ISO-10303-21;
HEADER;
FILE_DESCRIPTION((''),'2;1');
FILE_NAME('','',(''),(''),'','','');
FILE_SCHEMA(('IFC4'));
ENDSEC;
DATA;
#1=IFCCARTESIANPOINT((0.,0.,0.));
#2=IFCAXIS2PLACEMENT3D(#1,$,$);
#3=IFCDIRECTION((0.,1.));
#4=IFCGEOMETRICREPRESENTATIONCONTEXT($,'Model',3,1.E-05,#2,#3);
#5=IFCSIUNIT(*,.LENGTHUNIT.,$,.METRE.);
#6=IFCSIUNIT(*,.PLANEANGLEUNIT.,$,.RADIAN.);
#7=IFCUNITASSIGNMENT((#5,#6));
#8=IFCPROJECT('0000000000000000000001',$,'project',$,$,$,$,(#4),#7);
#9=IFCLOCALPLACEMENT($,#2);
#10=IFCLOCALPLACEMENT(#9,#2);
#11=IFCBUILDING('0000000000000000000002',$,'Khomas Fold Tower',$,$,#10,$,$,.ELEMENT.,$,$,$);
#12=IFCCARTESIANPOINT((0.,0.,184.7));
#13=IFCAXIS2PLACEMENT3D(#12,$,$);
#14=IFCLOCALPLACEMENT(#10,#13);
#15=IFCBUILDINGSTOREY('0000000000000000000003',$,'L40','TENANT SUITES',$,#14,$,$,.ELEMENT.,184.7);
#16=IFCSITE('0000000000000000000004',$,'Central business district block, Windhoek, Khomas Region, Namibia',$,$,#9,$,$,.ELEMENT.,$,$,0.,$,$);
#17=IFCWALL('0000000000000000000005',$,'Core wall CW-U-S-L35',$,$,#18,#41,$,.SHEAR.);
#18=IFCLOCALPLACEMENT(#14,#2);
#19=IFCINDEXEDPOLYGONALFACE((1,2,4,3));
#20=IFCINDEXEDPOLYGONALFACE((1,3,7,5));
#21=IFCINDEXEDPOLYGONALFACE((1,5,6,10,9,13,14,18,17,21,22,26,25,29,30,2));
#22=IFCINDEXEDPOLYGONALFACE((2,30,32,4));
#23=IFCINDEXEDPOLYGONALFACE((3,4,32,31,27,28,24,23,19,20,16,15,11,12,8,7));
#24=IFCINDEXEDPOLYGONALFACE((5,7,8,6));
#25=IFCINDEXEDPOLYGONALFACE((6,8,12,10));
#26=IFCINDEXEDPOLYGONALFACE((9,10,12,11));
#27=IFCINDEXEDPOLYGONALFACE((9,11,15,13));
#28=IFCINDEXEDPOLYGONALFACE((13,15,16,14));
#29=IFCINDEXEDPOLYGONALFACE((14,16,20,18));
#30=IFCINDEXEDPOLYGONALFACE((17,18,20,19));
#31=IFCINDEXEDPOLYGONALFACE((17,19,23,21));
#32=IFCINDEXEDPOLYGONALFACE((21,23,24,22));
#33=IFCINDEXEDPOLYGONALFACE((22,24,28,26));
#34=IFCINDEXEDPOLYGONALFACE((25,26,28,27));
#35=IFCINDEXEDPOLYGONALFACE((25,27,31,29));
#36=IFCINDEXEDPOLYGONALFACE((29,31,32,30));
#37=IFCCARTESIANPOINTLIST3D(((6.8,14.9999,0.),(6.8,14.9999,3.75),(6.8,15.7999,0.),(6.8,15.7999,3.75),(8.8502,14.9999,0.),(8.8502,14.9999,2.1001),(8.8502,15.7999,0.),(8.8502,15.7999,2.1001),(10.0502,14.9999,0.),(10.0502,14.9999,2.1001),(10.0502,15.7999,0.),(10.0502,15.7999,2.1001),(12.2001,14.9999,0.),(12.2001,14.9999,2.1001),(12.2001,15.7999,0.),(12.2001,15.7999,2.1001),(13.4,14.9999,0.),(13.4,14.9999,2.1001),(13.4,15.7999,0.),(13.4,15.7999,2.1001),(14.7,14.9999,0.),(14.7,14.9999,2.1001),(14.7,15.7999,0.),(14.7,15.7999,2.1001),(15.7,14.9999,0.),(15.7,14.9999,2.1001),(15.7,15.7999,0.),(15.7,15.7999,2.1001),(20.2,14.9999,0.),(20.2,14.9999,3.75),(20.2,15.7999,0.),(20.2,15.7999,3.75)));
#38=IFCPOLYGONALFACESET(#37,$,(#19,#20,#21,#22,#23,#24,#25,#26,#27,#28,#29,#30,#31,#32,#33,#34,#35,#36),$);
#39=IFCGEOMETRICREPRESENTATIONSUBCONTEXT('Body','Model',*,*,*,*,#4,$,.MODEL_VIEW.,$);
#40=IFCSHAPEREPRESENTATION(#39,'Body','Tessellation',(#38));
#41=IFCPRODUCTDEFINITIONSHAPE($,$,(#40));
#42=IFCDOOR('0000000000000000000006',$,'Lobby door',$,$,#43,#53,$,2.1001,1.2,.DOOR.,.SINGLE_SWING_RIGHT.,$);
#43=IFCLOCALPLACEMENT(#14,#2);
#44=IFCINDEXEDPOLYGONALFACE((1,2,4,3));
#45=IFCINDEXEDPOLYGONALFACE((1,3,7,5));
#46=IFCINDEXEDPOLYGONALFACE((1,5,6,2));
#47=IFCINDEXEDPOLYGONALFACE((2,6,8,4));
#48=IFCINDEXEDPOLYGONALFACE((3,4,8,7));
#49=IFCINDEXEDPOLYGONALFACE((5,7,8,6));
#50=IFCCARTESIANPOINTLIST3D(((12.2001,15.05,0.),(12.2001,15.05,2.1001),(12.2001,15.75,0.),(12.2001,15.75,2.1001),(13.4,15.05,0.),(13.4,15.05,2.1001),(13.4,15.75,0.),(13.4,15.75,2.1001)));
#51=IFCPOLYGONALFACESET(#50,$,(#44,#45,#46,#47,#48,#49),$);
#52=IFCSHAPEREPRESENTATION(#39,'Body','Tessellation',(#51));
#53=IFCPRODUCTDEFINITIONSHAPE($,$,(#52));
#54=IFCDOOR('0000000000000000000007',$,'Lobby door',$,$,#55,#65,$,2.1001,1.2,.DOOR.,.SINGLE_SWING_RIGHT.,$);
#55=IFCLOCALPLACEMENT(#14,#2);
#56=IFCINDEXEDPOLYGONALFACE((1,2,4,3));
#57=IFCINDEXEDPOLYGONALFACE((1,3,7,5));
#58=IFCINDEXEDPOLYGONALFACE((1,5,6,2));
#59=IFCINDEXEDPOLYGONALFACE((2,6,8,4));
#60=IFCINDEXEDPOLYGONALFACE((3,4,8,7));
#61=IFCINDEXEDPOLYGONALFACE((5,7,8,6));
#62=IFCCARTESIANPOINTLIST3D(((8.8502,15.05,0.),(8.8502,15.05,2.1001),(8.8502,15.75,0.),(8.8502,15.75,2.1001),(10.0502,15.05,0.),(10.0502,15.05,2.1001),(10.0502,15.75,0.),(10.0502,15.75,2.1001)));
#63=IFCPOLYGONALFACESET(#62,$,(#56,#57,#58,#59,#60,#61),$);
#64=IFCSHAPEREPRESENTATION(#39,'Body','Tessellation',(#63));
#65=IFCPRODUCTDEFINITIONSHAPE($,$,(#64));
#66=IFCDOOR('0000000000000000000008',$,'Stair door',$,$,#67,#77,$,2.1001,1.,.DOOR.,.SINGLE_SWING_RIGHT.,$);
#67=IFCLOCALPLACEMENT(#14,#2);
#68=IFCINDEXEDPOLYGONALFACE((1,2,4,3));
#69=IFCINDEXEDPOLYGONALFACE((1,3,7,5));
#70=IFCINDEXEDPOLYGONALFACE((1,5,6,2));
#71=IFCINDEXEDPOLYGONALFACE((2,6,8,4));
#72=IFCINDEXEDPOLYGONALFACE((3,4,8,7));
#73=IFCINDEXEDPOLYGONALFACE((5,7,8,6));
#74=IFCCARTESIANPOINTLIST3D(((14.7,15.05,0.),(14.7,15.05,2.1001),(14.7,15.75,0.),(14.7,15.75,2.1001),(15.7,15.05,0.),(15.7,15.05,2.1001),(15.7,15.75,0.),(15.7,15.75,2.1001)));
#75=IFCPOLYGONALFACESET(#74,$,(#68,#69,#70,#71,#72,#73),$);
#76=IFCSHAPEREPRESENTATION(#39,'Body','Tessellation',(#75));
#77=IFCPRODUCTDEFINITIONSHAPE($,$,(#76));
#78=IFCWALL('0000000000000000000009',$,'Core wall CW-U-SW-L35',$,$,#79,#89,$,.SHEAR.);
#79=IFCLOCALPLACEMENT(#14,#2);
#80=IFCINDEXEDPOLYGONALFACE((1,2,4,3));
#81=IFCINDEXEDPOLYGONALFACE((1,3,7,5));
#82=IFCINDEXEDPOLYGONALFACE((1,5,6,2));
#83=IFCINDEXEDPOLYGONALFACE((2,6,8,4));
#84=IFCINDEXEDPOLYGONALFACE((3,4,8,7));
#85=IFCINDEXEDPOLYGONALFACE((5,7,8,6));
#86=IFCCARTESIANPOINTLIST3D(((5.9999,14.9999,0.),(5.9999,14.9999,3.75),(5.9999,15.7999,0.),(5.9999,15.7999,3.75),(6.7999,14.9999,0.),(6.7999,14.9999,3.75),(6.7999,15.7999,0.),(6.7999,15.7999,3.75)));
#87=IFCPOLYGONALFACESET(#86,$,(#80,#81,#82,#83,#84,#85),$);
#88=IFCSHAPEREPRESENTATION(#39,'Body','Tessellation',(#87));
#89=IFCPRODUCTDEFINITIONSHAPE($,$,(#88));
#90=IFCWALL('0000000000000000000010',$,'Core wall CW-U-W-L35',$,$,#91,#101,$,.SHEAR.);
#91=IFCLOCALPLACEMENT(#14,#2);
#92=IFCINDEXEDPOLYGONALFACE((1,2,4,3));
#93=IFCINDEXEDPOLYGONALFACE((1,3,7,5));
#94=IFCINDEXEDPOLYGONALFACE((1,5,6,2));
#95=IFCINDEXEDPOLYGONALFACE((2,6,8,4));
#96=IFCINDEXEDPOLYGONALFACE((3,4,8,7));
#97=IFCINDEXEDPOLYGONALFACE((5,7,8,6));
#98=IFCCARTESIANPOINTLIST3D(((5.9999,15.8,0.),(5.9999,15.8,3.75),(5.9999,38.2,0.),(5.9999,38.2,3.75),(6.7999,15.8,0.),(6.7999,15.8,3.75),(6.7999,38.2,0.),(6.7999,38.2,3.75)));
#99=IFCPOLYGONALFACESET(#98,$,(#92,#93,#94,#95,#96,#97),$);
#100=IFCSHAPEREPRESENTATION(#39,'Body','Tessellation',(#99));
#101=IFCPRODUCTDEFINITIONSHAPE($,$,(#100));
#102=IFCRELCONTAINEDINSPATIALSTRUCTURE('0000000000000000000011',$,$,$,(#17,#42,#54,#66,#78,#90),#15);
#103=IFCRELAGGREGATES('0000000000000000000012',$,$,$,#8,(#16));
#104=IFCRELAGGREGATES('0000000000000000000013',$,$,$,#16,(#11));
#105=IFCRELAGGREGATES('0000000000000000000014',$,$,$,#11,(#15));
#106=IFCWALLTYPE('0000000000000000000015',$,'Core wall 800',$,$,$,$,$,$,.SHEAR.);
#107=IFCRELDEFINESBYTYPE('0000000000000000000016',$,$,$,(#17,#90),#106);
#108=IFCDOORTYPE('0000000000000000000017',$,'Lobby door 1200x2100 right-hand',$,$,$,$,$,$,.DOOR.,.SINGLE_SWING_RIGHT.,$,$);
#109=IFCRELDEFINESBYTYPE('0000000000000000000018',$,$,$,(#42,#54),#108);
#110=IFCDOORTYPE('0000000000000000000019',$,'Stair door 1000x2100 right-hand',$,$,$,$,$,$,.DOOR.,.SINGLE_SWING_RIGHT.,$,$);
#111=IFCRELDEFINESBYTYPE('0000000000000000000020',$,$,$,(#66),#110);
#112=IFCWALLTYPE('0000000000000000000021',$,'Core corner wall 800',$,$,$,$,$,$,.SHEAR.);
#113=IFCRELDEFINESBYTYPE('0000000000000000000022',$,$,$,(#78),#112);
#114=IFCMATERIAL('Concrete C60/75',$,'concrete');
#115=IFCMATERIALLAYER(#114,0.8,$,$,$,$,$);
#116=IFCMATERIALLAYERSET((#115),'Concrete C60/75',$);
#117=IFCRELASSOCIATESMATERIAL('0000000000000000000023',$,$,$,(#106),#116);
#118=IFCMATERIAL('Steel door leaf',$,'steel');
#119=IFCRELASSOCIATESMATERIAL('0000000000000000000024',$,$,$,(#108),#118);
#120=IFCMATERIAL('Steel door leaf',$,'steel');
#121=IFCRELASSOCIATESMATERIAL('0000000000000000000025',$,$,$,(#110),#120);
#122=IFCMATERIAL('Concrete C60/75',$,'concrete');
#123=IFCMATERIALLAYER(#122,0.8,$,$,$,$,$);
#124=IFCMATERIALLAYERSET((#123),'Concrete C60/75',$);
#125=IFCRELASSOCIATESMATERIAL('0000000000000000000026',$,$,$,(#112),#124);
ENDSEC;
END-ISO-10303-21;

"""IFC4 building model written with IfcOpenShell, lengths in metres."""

from ifc_helpers import new_model, si_unit, direction, frame, frame_2d, origin, place, context, subcontext, project, spatial, rectangle, extrude, source, transform, mapped, material, layer, layer_set, type_object, element, fill, save


model = new_model("IFC4")

# Units and contexts
model_context = context("Model", 3, precision=1e-05, world=origin(), true_north=direction((0.0, 1.0)))
body_context = subcontext(model_context, "Body", "Model", "MODEL_VIEW")
ifc_project = project(units=[si_unit("LENGTHUNIT", "METRE"), si_unit("PLANEANGLEUNIT", "RADIAN")], contexts=[model_context])

# Site, building, storey
site_placement = place(None, origin())
site = spatial("IfcSite", under=ifc_project, at=site_placement, Name="Central business district block, Windhoek, Khomas Region, Namibia", CompositionType="ELEMENT", RefElevation=0.0)
building_placement = place(site_placement, origin())
building = spatial("IfcBuilding", under=site, at=building_placement, Name="Khomas Fold Tower", CompositionType="ELEMENT")
storey_placement = place(building_placement, frame((0.0, 0.0, 184.7)))
storey = spatial("IfcBuildingStorey", under=building, at=storey_placement, Name="L40", Description="TENANT SUITES", CompositionType="ELEMENT", Elevation=184.7)

# Wall, openings, doors
ifc_material_1 = material(Name="Concrete C60/75", Category="concrete")
ifc_layer_1 = layer(ifc_material_1, 0.8)
ifc_layer_set_1 = layer_set([ifc_layer_1], Name="Concrete C60/75")
wall_type_1 = type_object("IfcWallType", Name="Core wall 800", PredefinedType="SHEAR", material=ifc_layer_set_1)
shared_shape_1 = source(origin(), body_context, "Body", "SweptSolid", [
    extrude(rectangle(XDim=13.3999, YDim=0.8, at=frame_2d((6.7, 0.0))), origin(), (0.0, 0.0, 1.0), 3.75),
])
wall_1_placement = place(storey_placement, frame((6.8, 15.3999, 0.0), z_axis=(0.0, 0.0, 1.0), x_axis=(1.0, 0.0, 0.0)))
wall_1 = element("IfcWall", 1, at=wall_1_placement, inside=storey, type_object=wall_type_1, Name="Core wall CW-U-S-L35", PredefinedType="SHEAR", context=body_context, shape_type="MappedRepresentation", body=[
    mapped(shared_shape_1, transform((0.0, 0.0, 0.0))),
])
shared_shape_2 = source(origin(), body_context, "Body", "SweptSolid", [
    extrude(rectangle(XDim=1.2, YDim=2.1001, at=frame_2d((0.6001, 1.05))), frame((0.0, 0.4099, 0.0), z_axis=(0.0, -1.0, 0.0), x_axis=(1.0, 0.0, 0.0)), (0.0, 0.0, 1.0), 0.8201),
])
opening_1_placement = place(wall_1_placement, frame((5.3999, 0.0, 0.0)))
opening_1 = element("IfcOpeningElement", 2, at=opening_1_placement, cuts=wall_1, PredefinedType="OPENING", context=body_context, shape_type="MappedRepresentation", body=[
    mapped(shared_shape_2, transform((0.0, 0.0, 0.0))),
])
opening_2_placement = place(wall_1_placement, frame((2.05, 0.0, 0.0)))
opening_2 = element("IfcOpeningElement", 3, at=opening_2_placement, cuts=wall_1, PredefinedType="OPENING", context=body_context, shape_type="MappedRepresentation", body=[
    mapped(shared_shape_2, transform((0.0, 0.0, 0.0))),
])
shared_shape_3 = source(origin(), body_context, "Body", "SweptSolid", [
    extrude(rectangle(XDim=1.0, YDim=2.1001, at=frame_2d((0.5, 1.05))), frame((0.0, 0.4099, 0.0), z_axis=(0.0, -1.0, 0.0), x_axis=(1.0, 0.0, 0.0)), (0.0, 0.0, 1.0), 0.8201),
])
opening_3_placement = place(wall_1_placement, frame((7.8999, 0.0, 0.0)))
opening_3 = element("IfcOpeningElement", 4, at=opening_3_placement, cuts=wall_1, PredefinedType="OPENING", context=body_context, shape_type="MappedRepresentation", body=[
    mapped(shared_shape_3, transform((0.0, 0.0, 0.0))),
])
ifc_material_2 = material(Name="Steel door leaf", Category="steel")
door_type_1 = type_object("IfcDoorType", Name="Lobby door 1200x2100 right-hand", OperationType="SINGLE_SWING_RIGHT", PredefinedType="DOOR", material=ifc_material_2)
shared_shape_4 = source(origin(), body_context, "Body", "SweptSolid", [
    extrude(rectangle(XDim=1.2, YDim=2.1001, at=frame_2d((0.6001, 1.05))), frame((0.0, 0.3501, 0.0), z_axis=(0.0, -1.0, 0.0), x_axis=(1.0, 0.0, 0.0)), (0.0, 0.0, 1.0), 0.7),
])
door_1_placement = place(opening_1_placement, origin())
door_1 = element("IfcDoor", 5, at=door_1_placement, inside=storey, type_object=door_type_1, Name="Lobby door", OperationType="SINGLE_SWING_RIGHT", OverallHeight=2.1001, OverallWidth=1.2, PredefinedType="DOOR", context=body_context, shape_type="MappedRepresentation", body=[
    mapped(shared_shape_4, transform((0.0, 0.0, 0.0))),
])
fill(opening_1, door_1)
door_2_placement = place(opening_2_placement, origin())
door_2 = element("IfcDoor", 6, at=door_2_placement, inside=storey, type_object=door_type_1, Name="Lobby door", OperationType="SINGLE_SWING_RIGHT", OverallHeight=2.1001, OverallWidth=1.2, PredefinedType="DOOR", context=body_context, shape_type="MappedRepresentation", body=[
    mapped(shared_shape_4, transform((0.0, 0.0, 0.0))),
])
fill(opening_2, door_2)
ifc_material_3 = material(Name="Steel door leaf", Category="steel")
door_type_2 = type_object("IfcDoorType", Name="Stair door 1000x2100 right-hand", OperationType="SINGLE_SWING_RIGHT", PredefinedType="DOOR", material=ifc_material_3)
shared_shape_5 = source(origin(), body_context, "Body", "SweptSolid", [
    extrude(rectangle(XDim=1.0, YDim=2.1001, at=frame_2d((0.5, 1.05))), frame((0.0, 0.3501, 0.0), z_axis=(0.0, -1.0, 0.0), x_axis=(1.0, 0.0, 0.0)), (0.0, 0.0, 1.0), 0.7),
])
door_3_placement = place(opening_3_placement, origin())
door_3 = element("IfcDoor", 7, at=door_3_placement, inside=storey, type_object=door_type_2, Name="Stair door", OperationType="SINGLE_SWING_RIGHT", OverallHeight=2.1001, OverallWidth=1.0, PredefinedType="DOOR", context=body_context, shape_type="MappedRepresentation", body=[
    mapped(shared_shape_5, transform((0.0, 0.0, 0.0))),
])
fill(opening_3, door_3)

# Walls
ifc_material_4 = material(Name="Concrete C60/75", Category="concrete")
ifc_layer_2 = layer(ifc_material_4, 0.8)
ifc_layer_set_2 = layer_set([ifc_layer_2], Name="Concrete C60/75")
wall_type_2 = type_object("IfcWallType", Name="Core corner wall 800", PredefinedType="SHEAR", material=ifc_layer_set_2)
shared_shape_6 = source(origin(), body_context, "Body", "SweptSolid", [
    extrude(rectangle(XDim=0.8, YDim=0.8, at=frame_2d((0.3999, 0.0))), origin(), (0.0, 0.0, 1.0), 3.75),
])
wall_2_placement = place(storey_placement, frame((6.0, 15.3999, 0.0), z_axis=(0.0, 0.0, 1.0), x_axis=(1.0, 0.0, 0.0)))
element("IfcWall", 8, at=wall_2_placement, inside=storey, type_object=wall_type_2, Name="Core wall CW-U-SW-L35", PredefinedType="SHEAR", context=body_context, shape_type="MappedRepresentation", body=[
    mapped(shared_shape_6, transform((0.0, 0.0, 0.0))),
])
shared_shape_7 = source(origin(), body_context, "Body", "SweptSolid", [
    extrude(rectangle(XDim=22.3999, YDim=0.8, at=frame_2d((11.2, 0.0))), origin(), (0.0, 0.0, 1.0), 3.75),
])
wall_3_placement = place(storey_placement, frame((6.3999, 15.8, 0.0), z_axis=(0.0, 0.0, 1.0), x_axis=(0.0, 1.0, 0.0)))
element("IfcWall", 9, at=wall_3_placement, inside=storey, type_object=wall_type_1, Name="Core wall CW-U-W-L35", PredefinedType="SHEAR", context=body_context, shape_type="MappedRepresentation", body=[
    mapped(shared_shape_7, transform((0.0, 0.0, 0.0))),
])

save(model, "model.ifc")
